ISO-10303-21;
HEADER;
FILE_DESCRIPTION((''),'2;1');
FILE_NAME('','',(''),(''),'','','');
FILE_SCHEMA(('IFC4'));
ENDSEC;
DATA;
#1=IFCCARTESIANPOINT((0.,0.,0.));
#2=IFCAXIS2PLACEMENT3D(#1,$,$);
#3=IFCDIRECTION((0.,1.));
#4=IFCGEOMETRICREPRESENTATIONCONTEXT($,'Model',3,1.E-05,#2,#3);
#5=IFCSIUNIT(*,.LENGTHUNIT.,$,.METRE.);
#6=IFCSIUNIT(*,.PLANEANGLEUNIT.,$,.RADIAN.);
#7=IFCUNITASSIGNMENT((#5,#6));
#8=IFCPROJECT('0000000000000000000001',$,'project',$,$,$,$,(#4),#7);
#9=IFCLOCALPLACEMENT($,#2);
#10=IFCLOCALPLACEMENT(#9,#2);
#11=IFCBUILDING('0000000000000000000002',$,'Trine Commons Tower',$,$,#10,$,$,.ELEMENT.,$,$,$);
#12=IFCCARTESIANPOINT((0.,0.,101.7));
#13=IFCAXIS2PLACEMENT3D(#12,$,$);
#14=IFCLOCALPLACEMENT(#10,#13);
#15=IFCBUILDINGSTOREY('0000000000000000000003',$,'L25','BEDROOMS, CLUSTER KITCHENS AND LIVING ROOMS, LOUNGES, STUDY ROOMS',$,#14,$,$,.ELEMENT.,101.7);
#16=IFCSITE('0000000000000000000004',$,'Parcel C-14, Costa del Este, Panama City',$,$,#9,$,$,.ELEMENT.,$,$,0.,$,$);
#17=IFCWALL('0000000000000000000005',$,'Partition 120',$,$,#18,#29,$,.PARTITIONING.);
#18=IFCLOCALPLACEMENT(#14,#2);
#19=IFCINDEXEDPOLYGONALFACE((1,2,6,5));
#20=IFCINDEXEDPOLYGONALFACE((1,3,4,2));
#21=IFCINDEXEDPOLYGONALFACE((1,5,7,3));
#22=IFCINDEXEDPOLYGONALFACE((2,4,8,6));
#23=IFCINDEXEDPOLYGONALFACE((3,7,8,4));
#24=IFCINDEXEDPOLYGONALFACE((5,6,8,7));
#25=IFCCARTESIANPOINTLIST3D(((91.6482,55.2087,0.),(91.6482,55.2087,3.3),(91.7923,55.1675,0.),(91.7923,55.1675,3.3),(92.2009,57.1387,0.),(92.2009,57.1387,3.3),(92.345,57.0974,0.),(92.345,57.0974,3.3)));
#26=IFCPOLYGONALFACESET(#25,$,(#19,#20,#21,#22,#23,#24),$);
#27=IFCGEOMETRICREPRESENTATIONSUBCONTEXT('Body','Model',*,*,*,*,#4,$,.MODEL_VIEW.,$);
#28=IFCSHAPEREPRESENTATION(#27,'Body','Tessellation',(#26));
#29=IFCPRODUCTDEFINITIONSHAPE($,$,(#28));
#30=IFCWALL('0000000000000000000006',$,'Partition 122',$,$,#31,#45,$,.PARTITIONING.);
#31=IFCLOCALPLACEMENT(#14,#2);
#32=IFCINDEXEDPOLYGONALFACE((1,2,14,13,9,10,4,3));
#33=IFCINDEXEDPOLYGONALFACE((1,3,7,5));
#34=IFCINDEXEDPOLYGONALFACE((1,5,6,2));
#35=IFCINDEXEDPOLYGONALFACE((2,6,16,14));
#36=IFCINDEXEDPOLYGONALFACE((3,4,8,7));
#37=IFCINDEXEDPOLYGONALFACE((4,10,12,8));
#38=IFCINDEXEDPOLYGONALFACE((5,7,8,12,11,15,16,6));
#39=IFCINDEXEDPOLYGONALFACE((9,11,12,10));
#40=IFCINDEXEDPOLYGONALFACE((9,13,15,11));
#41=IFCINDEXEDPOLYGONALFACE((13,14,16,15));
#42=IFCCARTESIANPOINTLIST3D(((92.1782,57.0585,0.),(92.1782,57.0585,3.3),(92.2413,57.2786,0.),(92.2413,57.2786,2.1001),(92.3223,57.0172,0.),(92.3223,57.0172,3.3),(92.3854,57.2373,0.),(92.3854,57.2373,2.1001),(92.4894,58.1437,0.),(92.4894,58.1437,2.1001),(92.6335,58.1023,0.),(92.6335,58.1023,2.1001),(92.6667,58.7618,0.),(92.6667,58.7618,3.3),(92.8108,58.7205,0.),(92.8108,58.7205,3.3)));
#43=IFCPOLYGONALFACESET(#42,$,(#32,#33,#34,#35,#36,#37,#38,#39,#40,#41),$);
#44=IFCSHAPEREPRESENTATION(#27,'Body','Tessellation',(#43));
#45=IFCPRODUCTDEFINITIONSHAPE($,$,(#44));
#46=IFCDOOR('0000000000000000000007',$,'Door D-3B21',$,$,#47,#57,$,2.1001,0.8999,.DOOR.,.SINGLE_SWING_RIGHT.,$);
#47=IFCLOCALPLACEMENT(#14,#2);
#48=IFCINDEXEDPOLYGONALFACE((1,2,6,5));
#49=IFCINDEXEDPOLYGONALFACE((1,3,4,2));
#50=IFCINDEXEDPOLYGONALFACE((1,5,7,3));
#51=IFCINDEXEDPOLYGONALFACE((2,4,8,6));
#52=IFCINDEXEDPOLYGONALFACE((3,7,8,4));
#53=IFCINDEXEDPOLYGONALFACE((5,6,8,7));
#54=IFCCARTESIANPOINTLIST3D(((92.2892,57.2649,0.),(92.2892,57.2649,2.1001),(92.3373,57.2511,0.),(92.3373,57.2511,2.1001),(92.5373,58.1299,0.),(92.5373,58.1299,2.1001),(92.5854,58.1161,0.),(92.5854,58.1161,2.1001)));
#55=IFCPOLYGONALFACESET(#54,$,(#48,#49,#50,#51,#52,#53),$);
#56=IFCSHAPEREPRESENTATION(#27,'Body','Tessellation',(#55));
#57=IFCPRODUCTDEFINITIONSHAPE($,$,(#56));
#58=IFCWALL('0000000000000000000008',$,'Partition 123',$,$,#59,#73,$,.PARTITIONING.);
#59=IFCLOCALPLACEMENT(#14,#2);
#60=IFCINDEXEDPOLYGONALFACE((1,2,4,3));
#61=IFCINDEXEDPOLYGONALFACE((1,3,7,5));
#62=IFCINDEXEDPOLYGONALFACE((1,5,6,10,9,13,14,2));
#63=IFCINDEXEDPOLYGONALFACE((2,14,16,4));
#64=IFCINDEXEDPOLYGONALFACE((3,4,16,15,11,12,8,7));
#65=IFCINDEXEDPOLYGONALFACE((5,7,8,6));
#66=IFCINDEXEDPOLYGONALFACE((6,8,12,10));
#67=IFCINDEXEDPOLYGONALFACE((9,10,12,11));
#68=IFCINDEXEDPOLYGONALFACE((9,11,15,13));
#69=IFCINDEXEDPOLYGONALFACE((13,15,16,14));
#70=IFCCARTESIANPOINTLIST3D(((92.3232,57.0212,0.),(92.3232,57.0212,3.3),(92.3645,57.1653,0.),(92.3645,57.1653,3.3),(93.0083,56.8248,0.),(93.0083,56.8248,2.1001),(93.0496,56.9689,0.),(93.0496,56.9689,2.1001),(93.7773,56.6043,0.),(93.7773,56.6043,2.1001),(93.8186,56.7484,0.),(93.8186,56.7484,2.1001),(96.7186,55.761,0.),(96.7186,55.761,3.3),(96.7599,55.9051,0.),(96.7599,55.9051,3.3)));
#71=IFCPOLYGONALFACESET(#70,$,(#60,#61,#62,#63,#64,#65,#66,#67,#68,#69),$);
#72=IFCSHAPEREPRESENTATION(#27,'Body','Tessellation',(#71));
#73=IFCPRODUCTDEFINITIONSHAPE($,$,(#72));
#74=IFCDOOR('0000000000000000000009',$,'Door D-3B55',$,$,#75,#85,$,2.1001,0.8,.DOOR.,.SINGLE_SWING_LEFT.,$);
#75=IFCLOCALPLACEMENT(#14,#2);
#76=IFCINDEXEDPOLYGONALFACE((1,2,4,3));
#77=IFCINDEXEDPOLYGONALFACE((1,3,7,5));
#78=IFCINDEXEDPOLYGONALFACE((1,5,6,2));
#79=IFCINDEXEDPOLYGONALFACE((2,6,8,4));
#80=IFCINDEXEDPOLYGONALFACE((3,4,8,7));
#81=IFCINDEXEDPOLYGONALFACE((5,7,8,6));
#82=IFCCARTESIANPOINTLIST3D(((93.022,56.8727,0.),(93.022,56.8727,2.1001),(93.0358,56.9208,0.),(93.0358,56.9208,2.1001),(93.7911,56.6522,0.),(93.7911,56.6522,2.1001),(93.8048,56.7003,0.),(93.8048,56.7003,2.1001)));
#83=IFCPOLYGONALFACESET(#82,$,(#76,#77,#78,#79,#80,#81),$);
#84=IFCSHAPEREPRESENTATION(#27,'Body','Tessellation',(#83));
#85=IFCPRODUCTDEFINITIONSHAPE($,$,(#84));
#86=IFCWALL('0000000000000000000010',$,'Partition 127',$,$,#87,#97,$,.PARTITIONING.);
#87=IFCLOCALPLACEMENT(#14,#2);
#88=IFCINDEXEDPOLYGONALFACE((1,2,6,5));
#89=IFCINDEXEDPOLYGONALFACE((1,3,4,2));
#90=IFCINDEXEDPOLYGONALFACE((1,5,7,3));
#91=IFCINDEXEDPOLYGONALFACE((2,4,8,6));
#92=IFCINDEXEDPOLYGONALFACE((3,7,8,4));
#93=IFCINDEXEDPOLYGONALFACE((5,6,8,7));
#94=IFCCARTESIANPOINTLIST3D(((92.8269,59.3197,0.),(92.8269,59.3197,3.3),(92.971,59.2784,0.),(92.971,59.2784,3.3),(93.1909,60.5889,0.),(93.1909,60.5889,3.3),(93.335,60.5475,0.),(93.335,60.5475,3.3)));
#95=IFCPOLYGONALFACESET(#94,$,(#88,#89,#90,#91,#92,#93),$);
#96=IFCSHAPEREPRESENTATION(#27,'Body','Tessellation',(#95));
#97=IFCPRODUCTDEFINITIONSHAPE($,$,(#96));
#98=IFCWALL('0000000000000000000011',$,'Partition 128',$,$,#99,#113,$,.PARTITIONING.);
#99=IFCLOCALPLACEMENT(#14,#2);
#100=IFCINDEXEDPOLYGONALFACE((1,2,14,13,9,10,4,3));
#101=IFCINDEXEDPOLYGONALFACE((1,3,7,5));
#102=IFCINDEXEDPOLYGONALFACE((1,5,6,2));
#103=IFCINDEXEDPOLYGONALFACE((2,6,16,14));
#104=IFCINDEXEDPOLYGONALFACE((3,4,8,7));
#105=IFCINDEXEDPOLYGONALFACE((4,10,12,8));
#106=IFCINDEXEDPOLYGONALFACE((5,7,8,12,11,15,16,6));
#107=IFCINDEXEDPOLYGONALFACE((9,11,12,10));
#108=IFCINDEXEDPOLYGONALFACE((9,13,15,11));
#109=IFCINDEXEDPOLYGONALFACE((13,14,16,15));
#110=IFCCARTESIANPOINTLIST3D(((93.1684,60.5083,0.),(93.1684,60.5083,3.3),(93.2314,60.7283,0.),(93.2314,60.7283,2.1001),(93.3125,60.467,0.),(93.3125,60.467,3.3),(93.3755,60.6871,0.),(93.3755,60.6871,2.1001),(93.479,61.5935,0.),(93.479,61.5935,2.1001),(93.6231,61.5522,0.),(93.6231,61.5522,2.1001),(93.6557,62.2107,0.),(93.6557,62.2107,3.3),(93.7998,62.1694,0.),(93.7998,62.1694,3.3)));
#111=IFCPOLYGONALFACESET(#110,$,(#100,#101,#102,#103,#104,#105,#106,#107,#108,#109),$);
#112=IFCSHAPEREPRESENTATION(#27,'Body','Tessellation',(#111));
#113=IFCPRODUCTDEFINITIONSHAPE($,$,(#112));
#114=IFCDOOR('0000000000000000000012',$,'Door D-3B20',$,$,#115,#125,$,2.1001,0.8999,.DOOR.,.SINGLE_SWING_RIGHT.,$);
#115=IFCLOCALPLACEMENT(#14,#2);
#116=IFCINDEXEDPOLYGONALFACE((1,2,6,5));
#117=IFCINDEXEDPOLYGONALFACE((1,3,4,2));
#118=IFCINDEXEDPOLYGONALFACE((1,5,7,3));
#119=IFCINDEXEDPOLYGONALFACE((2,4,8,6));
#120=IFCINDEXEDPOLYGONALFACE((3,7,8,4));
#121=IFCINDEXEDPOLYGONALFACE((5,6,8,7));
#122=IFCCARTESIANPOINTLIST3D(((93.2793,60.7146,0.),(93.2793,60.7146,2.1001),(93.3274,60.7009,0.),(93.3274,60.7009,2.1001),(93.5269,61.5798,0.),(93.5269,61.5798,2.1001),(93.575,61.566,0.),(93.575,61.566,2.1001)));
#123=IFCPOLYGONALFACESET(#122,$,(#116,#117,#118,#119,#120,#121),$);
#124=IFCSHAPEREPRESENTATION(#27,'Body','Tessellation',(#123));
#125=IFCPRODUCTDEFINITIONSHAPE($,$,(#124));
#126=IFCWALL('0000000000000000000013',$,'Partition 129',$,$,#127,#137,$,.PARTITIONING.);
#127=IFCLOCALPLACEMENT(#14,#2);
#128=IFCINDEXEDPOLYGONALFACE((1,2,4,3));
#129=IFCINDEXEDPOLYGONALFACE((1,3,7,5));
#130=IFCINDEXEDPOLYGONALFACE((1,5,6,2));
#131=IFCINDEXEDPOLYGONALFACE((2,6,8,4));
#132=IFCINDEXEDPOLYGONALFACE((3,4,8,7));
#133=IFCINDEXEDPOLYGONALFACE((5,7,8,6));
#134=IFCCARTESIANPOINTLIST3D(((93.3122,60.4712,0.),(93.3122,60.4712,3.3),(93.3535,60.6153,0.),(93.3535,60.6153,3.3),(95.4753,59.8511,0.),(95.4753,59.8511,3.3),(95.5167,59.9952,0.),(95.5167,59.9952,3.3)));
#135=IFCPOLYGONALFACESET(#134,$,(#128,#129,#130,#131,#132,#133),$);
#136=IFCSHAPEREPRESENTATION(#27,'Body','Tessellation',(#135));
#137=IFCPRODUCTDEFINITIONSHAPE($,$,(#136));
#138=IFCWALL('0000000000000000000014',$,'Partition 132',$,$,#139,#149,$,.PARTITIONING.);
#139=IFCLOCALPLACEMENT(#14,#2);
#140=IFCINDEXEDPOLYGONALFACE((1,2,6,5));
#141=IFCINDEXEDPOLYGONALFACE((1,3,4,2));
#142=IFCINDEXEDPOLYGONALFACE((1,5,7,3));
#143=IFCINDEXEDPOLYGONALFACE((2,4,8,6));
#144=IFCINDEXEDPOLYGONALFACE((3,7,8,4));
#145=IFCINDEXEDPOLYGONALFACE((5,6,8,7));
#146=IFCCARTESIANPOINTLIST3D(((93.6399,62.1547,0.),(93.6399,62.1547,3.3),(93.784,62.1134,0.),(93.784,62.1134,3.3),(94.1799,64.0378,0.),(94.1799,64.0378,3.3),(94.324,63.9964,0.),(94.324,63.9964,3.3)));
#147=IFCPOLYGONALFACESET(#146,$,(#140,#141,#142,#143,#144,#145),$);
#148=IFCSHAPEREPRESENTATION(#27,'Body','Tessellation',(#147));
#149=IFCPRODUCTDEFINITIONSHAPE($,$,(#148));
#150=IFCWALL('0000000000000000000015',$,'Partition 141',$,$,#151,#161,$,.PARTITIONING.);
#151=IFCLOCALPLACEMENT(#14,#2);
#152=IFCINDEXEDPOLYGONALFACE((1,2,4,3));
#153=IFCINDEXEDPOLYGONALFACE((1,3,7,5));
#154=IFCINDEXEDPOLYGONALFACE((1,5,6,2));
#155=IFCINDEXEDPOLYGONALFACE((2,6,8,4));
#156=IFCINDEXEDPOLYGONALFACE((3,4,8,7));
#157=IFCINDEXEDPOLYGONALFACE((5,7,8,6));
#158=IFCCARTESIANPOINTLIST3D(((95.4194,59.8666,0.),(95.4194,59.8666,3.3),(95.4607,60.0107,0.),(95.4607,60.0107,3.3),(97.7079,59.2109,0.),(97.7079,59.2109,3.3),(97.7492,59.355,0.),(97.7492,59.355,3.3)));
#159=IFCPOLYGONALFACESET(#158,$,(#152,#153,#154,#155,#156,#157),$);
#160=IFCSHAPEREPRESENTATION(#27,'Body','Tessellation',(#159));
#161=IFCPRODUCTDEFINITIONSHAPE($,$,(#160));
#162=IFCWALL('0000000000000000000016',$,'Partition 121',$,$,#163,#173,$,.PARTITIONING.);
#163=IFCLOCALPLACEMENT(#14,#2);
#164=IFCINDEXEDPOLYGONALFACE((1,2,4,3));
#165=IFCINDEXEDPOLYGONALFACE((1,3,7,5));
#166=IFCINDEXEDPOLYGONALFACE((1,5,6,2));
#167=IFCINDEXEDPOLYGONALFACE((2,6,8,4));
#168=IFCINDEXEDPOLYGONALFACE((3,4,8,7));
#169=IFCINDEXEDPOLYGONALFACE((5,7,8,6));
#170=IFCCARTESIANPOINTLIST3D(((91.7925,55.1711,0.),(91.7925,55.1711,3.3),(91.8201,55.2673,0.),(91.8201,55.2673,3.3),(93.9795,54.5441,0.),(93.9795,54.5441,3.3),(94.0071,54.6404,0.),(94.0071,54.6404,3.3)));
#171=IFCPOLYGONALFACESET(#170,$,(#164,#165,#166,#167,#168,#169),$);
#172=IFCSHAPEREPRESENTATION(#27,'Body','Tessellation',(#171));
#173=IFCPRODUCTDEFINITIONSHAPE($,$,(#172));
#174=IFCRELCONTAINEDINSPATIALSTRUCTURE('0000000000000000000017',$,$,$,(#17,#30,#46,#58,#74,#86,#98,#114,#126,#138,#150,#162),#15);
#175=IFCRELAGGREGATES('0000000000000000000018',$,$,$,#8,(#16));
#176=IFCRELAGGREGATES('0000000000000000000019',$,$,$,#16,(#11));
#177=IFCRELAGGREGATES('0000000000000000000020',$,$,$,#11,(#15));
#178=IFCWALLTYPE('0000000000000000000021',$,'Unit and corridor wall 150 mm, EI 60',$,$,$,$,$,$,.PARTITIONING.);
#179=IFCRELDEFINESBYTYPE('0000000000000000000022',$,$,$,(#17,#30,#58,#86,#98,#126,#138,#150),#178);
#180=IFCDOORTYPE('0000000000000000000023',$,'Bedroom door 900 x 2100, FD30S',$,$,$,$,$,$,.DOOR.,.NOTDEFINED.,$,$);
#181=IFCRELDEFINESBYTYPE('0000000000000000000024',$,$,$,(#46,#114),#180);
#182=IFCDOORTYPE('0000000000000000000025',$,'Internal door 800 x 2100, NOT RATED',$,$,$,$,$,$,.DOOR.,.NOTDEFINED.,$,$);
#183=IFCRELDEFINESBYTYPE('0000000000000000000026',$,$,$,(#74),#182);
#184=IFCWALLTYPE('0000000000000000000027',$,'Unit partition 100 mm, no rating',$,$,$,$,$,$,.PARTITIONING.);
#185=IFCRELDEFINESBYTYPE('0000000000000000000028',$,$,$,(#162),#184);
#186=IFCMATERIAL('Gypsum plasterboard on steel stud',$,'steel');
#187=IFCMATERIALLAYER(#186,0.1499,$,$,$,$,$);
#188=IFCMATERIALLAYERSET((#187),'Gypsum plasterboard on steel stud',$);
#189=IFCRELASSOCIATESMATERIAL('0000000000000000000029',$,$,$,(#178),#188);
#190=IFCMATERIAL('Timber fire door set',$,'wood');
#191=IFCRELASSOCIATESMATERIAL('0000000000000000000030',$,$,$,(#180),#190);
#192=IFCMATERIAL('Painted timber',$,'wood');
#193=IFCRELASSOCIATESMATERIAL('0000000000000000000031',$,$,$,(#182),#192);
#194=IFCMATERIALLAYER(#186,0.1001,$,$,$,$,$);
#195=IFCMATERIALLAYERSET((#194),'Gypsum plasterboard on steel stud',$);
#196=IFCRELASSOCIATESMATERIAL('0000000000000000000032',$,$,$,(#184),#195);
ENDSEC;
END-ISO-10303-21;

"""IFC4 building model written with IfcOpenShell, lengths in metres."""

from ifc_helpers import new_model, si_unit, direction, frame, frame_2d, origin, place, context, subcontext, project, spatial, rectangle, extrude, material, layer, layer_set, type_object, element, fill, save


model = new_model("IFC4")

# Units and contexts
model_context = context("Model", 3, precision=1e-05, world=origin(), true_north=direction((0.0, 1.0)))
body_context = subcontext(model_context, "Body", "Model", "MODEL_VIEW")
ifc_project = project(units=[si_unit("LENGTHUNIT", "METRE"), si_unit("PLANEANGLEUNIT", "RADIAN")], contexts=[model_context])

# Site, building, storey
site_placement = place(None, origin())
site = spatial("IfcSite", under=ifc_project, at=site_placement, Name="Parcel C-14, Costa del Este, Panama City", CompositionType="ELEMENT", RefElevation=0.0)
building_placement = place(site_placement, origin())
building = spatial("IfcBuilding", under=site, at=building_placement, Name="Trine Commons Tower", CompositionType="ELEMENT")
storey_placement = place(building_placement, frame((0.0, 0.0, 101.7)))
storey = spatial("IfcBuildingStorey", under=building, at=storey_placement, Name="L25", Description="BEDROOMS, CLUSTER KITCHENS AND LIVING ROOMS, LOUNGES, STUDY ROOMS", CompositionType="ELEMENT", Elevation=101.7)

# Wall
ifc_material_1 = material(Name="Gypsum plasterboard on steel stud", Category="steel")
ifc_layer_1 = layer(ifc_material_1, 0.1499)
ifc_layer_set_1 = layer_set([ifc_layer_1], Name="Gypsum plasterboard on steel stud")
wall_type_1 = type_object("IfcWallType", Name="Unit and corridor wall 150 mm, EI 60", PredefinedType="PARTITIONING", material=ifc_layer_set_1)
wall_1_placement = place(storey_placement, frame((91.7202, 55.188, 0.0), z_axis=(0.0, 0.0, 1.0), x_axis=(0.275331, 0.961349, 0.0)))
element("IfcWall", 1, at=wall_1_placement, inside=storey, type_object=wall_type_1, Name="Partition 120", PredefinedType="PARTITIONING", context=body_context, shape_type="SweptSolid", body=[
    extrude(rectangle(XDim=2.0076, YDim=0.1499, at=frame_2d((1.0039, 0.0))), origin(), (0.0, 0.0, 1.0), 3.3),
])

# Walls, openings, doors
wall_2_placement = place(storey_placement, frame((92.2502, 57.0378, 0.0), z_axis=(0.0, 0.0, 1.0), x_axis=(0.275685, 0.961248, 0.0)))
wall_2 = element("IfcWall", 2, at=wall_2_placement, inside=storey, type_object=wall_type_1, Name="Partition 122", PredefinedType="PARTITIONING", context=body_context, shape_type="SweptSolid", body=[
    extrude(rectangle(XDim=1.772, YDim=0.1499, at=frame_2d((0.886, 0.0))), origin(), (0.0, 0.0, 1.0), 3.3),
])
opening_1_placement = place(wall_2_placement, frame((0.229, 0.0, 0.0)))
opening_1 = element("IfcOpeningElement", 3, at=opening_1_placement, cuts=wall_2, PredefinedType="OPENING", context=body_context, shape_type="SweptSolid", body=[
    extrude(rectangle(XDim=0.8999, YDim=2.1001, at=frame_2d((0.45, 1.05))), frame((0.0, 0.085, 0.0), z_axis=(0.0, -1.0, 0.0), x_axis=(1.0, 0.0, 0.0)), (0.0, 0.0, 1.0), 0.1699),
])
ifc_material_2 = material(Name="Timber fire door set", Category="wood")
door_type_1 = type_object("IfcDoorType", Name="Bedroom door 900 x 2100, FD30S", OperationType="NOTDEFINED", PredefinedType="DOOR", material=ifc_material_2)
door_1_placement = place(opening_1_placement, frame((0.8999, 0.0, 0.0), z_axis=(0.0, 0.0, 1.0), x_axis=(-1.0, 0.0, 0.0)))
door_1 = element("IfcDoor", 4, at=door_1_placement, inside=storey, type_object=door_type_1, Name="Door D-3B21", OperationType="SINGLE_SWING_RIGHT", OverallHeight=2.1001, OverallWidth=0.8999, PredefinedType="DOOR", context=body_context, shape_type="SweptSolid", body=[
    extrude(rectangle(XDim=0.8999, YDim=2.1001, at=frame_2d((0.45, 1.05))), frame((0.0, 0.0249, 0.0), z_axis=(0.0, -1.0, 0.0), x_axis=(1.0, 0.0, 0.0)), (0.0, 0.0, 1.0), 0.05),
])
fill(opening_1, door_1)
wall_3_placement = place(storey_placement, frame((92.344, 57.0933, 0.0), z_axis=(0.0, 0.0, 1.0), x_axis=(0.96127, -0.27561, 0.0)))
wall_3 = element("IfcWall", 5, at=wall_3_placement, inside=storey, type_object=wall_type_1, Name="Partition 123", PredefinedType="PARTITIONING", context=body_context, shape_type="SweptSolid", body=[
    extrude(rectangle(XDim=4.5725, YDim=0.1499, at=frame_2d((2.2861, 0.0))), origin(), (0.0, 0.0, 1.0), 3.3),
])
opening_2_placement = place(wall_3_placement, frame((0.7126, 0.0, 0.0)))
opening_2 = element("IfcOpeningElement", 6, at=opening_2_placement, cuts=wall_3, PredefinedType="OPENING", context=body_context, shape_type="SweptSolid", body=[
    extrude(rectangle(XDim=0.8, YDim=2.1001, at=frame_2d((0.3999, 1.05))), frame((0.0, 0.085, 0.0), z_axis=(0.0, -1.0, 0.0), x_axis=(1.0, 0.0, 0.0)), (0.0, 0.0, 1.0), 0.1699),
])
ifc_material_3 = material(Name="Painted timber", Category="wood")
door_type_2 = type_object("IfcDoorType", Name="Internal door 800 x 2100, NOT RATED", OperationType="NOTDEFINED", PredefinedType="DOOR", material=ifc_material_3)
door_2_placement = place(opening_2_placement, origin())
door_2 = element("IfcDoor", 7, at=door_2_placement, inside=storey, type_object=door_type_2, Name="Door D-3B55", OperationType="SINGLE_SWING_LEFT", OverallHeight=2.1001, OverallWidth=0.8, PredefinedType="DOOR", context=body_context, shape_type="SweptSolid", body=[
    extrude(rectangle(XDim=0.8, YDim=2.1001, at=frame_2d((0.3999, 1.05))), frame((0.0, 0.0249, 0.0), z_axis=(0.0, -1.0, 0.0), x_axis=(1.0, 0.0, 0.0)), (0.0, 0.0, 1.0), 0.05),
])
fill(opening_2, door_2)

# Wall
wall_4_placement = place(storey_placement, frame((92.8989, 59.2991, 0.0), z_axis=(0.0, 0.0, 1.0), x_axis=(0.275722, 0.961237, 0.0)))
element("IfcWall", 8, at=wall_4_placement, inside=storey, type_object=wall_type_1, Name="Partition 127", PredefinedType="PARTITIONING", context=body_context, shape_type="SweptSolid", body=[
    extrude(rectangle(XDim=1.3203, YDim=0.1499, at=frame_2d((0.6602, 0.0))), origin(), (0.0, 0.0, 1.0), 3.3),
])

# Wall, opening, door
wall_5_placement = place(storey_placement, frame((93.2405, 60.4878, 0.0), z_axis=(0.0, 0.0, 1.0), x_axis=(0.275195, 0.961389, 0.0)))
wall_5 = element("IfcWall", 9, at=wall_5_placement, inside=storey, type_object=wall_type_1, Name="Partition 128", PredefinedType="PARTITIONING", context=body_context, shape_type="SweptSolid", body=[
    extrude(rectangle(XDim=1.7708, YDim=0.1499, at=frame_2d((0.8853, 0.0))), origin(), (0.0, 0.0, 1.0), 3.3),
])
opening_3_placement = place(wall_5_placement, frame((0.2288, 0.0, 0.0)))
opening_3 = element("IfcOpeningElement", 10, at=opening_3_placement, cuts=wall_5, PredefinedType="OPENING", context=body_context, shape_type="SweptSolid", body=[
    extrude(rectangle(XDim=0.8999, YDim=2.1001, at=frame_2d((0.45, 1.05))), frame((0.0, 0.085, 0.0), z_axis=(0.0, -1.0, 0.0), x_axis=(1.0, 0.0, 0.0)), (0.0, 0.0, 1.0), 0.1699),
])
door_3_placement = place(opening_3_placement, frame((0.8999, 0.0, 0.0), z_axis=(0.0, 0.0, 1.0), x_axis=(-1.0, 0.0, 0.0)))
door_3 = element("IfcDoor", 11, at=door_3_placement, inside=storey, type_object=door_type_1, Name="Door D-3B20", OperationType="SINGLE_SWING_RIGHT", OverallHeight=2.1001, OverallWidth=0.8999, PredefinedType="DOOR", context=body_context, shape_type="SweptSolid", body=[
    extrude(rectangle(XDim=0.8999, YDim=2.1001, at=frame_2d((0.45, 1.05))), frame((0.0, 0.0249, 0.0), z_axis=(0.0, -1.0, 0.0), x_axis=(1.0, 0.0, 0.0)), (0.0, 0.0, 1.0), 0.05),
])
fill(opening_3, door_3)

# Walls
wall_6_placement = place(storey_placement, frame((93.333, 60.5432, 0.0), z_axis=(0.0, 0.0, 1.0), x_axis=(0.961278, -0.275581, 0.0)))
element("IfcWall", 12, at=wall_6_placement, inside=storey, type_object=wall_type_1, Name="Partition 129", PredefinedType="PARTITIONING", context=body_context, shape_type="SweptSolid", body=[
    extrude(rectangle(XDim=2.2502, YDim=0.1499, at=frame_2d((1.125, 0.0))), origin(), (0.0, 0.0, 1.0), 3.3),
])
wall_7_placement = place(storey_placement, frame((93.7119, 62.134, 0.0), z_axis=(0.0, 0.0, 1.0), x_axis=(0.275676, 0.961251, 0.0)))
element("IfcWall", 13, at=wall_7_placement, inside=storey, type_object=wall_type_1, Name="Partition 132", PredefinedType="PARTITIONING", context=body_context, shape_type="SweptSolid", body=[
    extrude(rectangle(XDim=1.959, YDim=0.1499, at=frame_2d((0.9795, 0.0))), origin(), (0.0, 0.0, 1.0), 3.3),
])
wall_8_placement = place(storey_placement, frame((95.4399, 59.9387, 0.0), z_axis=(0.0, 0.0, 1.0), x_axis=(0.961315, -0.275452, 0.0)))
element("IfcWall", 14, at=wall_8_placement, inside=storey, type_object=wall_type_1, Name="Partition 141", PredefinedType="PARTITIONING", context=body_context, shape_type="SweptSolid", body=[
    extrude(rectangle(XDim=2.3806, YDim=0.1499, at=frame_2d((1.1904, 0.0))), origin(), (0.0, 0.0, 1.0), 3.3),
])
ifc_layer_2 = layer(ifc_material_1, 0.1001)
ifc_layer_set_2 = layer_set([ifc_layer_2], Name="Gypsum plasterboard on steel stud")
wall_type_2 = type_object("IfcWallType", Name="Unit partition 100 mm, no rating", PredefinedType="PARTITIONING", material=ifc_layer_set_2)
wall_9_placement = place(storey_placement, frame((91.8062, 55.2192, 0.0), z_axis=(0.0, 0.0, 1.0), x_axis=(0.961281, -0.275571, 0.0)))
element("IfcWall", 15, at=wall_9_placement, inside=storey, type_object=wall_type_2, Name="Partition 121", PredefinedType="PARTITIONING", context=body_context, shape_type="SweptSolid", body=[
    extrude(rectangle(XDim=2.2751, YDim=0.1001, at=frame_2d((1.1377, 0.0))), origin(), (0.0, 0.0, 1.0), 3.3),
])

save(model, "model.ifc")
